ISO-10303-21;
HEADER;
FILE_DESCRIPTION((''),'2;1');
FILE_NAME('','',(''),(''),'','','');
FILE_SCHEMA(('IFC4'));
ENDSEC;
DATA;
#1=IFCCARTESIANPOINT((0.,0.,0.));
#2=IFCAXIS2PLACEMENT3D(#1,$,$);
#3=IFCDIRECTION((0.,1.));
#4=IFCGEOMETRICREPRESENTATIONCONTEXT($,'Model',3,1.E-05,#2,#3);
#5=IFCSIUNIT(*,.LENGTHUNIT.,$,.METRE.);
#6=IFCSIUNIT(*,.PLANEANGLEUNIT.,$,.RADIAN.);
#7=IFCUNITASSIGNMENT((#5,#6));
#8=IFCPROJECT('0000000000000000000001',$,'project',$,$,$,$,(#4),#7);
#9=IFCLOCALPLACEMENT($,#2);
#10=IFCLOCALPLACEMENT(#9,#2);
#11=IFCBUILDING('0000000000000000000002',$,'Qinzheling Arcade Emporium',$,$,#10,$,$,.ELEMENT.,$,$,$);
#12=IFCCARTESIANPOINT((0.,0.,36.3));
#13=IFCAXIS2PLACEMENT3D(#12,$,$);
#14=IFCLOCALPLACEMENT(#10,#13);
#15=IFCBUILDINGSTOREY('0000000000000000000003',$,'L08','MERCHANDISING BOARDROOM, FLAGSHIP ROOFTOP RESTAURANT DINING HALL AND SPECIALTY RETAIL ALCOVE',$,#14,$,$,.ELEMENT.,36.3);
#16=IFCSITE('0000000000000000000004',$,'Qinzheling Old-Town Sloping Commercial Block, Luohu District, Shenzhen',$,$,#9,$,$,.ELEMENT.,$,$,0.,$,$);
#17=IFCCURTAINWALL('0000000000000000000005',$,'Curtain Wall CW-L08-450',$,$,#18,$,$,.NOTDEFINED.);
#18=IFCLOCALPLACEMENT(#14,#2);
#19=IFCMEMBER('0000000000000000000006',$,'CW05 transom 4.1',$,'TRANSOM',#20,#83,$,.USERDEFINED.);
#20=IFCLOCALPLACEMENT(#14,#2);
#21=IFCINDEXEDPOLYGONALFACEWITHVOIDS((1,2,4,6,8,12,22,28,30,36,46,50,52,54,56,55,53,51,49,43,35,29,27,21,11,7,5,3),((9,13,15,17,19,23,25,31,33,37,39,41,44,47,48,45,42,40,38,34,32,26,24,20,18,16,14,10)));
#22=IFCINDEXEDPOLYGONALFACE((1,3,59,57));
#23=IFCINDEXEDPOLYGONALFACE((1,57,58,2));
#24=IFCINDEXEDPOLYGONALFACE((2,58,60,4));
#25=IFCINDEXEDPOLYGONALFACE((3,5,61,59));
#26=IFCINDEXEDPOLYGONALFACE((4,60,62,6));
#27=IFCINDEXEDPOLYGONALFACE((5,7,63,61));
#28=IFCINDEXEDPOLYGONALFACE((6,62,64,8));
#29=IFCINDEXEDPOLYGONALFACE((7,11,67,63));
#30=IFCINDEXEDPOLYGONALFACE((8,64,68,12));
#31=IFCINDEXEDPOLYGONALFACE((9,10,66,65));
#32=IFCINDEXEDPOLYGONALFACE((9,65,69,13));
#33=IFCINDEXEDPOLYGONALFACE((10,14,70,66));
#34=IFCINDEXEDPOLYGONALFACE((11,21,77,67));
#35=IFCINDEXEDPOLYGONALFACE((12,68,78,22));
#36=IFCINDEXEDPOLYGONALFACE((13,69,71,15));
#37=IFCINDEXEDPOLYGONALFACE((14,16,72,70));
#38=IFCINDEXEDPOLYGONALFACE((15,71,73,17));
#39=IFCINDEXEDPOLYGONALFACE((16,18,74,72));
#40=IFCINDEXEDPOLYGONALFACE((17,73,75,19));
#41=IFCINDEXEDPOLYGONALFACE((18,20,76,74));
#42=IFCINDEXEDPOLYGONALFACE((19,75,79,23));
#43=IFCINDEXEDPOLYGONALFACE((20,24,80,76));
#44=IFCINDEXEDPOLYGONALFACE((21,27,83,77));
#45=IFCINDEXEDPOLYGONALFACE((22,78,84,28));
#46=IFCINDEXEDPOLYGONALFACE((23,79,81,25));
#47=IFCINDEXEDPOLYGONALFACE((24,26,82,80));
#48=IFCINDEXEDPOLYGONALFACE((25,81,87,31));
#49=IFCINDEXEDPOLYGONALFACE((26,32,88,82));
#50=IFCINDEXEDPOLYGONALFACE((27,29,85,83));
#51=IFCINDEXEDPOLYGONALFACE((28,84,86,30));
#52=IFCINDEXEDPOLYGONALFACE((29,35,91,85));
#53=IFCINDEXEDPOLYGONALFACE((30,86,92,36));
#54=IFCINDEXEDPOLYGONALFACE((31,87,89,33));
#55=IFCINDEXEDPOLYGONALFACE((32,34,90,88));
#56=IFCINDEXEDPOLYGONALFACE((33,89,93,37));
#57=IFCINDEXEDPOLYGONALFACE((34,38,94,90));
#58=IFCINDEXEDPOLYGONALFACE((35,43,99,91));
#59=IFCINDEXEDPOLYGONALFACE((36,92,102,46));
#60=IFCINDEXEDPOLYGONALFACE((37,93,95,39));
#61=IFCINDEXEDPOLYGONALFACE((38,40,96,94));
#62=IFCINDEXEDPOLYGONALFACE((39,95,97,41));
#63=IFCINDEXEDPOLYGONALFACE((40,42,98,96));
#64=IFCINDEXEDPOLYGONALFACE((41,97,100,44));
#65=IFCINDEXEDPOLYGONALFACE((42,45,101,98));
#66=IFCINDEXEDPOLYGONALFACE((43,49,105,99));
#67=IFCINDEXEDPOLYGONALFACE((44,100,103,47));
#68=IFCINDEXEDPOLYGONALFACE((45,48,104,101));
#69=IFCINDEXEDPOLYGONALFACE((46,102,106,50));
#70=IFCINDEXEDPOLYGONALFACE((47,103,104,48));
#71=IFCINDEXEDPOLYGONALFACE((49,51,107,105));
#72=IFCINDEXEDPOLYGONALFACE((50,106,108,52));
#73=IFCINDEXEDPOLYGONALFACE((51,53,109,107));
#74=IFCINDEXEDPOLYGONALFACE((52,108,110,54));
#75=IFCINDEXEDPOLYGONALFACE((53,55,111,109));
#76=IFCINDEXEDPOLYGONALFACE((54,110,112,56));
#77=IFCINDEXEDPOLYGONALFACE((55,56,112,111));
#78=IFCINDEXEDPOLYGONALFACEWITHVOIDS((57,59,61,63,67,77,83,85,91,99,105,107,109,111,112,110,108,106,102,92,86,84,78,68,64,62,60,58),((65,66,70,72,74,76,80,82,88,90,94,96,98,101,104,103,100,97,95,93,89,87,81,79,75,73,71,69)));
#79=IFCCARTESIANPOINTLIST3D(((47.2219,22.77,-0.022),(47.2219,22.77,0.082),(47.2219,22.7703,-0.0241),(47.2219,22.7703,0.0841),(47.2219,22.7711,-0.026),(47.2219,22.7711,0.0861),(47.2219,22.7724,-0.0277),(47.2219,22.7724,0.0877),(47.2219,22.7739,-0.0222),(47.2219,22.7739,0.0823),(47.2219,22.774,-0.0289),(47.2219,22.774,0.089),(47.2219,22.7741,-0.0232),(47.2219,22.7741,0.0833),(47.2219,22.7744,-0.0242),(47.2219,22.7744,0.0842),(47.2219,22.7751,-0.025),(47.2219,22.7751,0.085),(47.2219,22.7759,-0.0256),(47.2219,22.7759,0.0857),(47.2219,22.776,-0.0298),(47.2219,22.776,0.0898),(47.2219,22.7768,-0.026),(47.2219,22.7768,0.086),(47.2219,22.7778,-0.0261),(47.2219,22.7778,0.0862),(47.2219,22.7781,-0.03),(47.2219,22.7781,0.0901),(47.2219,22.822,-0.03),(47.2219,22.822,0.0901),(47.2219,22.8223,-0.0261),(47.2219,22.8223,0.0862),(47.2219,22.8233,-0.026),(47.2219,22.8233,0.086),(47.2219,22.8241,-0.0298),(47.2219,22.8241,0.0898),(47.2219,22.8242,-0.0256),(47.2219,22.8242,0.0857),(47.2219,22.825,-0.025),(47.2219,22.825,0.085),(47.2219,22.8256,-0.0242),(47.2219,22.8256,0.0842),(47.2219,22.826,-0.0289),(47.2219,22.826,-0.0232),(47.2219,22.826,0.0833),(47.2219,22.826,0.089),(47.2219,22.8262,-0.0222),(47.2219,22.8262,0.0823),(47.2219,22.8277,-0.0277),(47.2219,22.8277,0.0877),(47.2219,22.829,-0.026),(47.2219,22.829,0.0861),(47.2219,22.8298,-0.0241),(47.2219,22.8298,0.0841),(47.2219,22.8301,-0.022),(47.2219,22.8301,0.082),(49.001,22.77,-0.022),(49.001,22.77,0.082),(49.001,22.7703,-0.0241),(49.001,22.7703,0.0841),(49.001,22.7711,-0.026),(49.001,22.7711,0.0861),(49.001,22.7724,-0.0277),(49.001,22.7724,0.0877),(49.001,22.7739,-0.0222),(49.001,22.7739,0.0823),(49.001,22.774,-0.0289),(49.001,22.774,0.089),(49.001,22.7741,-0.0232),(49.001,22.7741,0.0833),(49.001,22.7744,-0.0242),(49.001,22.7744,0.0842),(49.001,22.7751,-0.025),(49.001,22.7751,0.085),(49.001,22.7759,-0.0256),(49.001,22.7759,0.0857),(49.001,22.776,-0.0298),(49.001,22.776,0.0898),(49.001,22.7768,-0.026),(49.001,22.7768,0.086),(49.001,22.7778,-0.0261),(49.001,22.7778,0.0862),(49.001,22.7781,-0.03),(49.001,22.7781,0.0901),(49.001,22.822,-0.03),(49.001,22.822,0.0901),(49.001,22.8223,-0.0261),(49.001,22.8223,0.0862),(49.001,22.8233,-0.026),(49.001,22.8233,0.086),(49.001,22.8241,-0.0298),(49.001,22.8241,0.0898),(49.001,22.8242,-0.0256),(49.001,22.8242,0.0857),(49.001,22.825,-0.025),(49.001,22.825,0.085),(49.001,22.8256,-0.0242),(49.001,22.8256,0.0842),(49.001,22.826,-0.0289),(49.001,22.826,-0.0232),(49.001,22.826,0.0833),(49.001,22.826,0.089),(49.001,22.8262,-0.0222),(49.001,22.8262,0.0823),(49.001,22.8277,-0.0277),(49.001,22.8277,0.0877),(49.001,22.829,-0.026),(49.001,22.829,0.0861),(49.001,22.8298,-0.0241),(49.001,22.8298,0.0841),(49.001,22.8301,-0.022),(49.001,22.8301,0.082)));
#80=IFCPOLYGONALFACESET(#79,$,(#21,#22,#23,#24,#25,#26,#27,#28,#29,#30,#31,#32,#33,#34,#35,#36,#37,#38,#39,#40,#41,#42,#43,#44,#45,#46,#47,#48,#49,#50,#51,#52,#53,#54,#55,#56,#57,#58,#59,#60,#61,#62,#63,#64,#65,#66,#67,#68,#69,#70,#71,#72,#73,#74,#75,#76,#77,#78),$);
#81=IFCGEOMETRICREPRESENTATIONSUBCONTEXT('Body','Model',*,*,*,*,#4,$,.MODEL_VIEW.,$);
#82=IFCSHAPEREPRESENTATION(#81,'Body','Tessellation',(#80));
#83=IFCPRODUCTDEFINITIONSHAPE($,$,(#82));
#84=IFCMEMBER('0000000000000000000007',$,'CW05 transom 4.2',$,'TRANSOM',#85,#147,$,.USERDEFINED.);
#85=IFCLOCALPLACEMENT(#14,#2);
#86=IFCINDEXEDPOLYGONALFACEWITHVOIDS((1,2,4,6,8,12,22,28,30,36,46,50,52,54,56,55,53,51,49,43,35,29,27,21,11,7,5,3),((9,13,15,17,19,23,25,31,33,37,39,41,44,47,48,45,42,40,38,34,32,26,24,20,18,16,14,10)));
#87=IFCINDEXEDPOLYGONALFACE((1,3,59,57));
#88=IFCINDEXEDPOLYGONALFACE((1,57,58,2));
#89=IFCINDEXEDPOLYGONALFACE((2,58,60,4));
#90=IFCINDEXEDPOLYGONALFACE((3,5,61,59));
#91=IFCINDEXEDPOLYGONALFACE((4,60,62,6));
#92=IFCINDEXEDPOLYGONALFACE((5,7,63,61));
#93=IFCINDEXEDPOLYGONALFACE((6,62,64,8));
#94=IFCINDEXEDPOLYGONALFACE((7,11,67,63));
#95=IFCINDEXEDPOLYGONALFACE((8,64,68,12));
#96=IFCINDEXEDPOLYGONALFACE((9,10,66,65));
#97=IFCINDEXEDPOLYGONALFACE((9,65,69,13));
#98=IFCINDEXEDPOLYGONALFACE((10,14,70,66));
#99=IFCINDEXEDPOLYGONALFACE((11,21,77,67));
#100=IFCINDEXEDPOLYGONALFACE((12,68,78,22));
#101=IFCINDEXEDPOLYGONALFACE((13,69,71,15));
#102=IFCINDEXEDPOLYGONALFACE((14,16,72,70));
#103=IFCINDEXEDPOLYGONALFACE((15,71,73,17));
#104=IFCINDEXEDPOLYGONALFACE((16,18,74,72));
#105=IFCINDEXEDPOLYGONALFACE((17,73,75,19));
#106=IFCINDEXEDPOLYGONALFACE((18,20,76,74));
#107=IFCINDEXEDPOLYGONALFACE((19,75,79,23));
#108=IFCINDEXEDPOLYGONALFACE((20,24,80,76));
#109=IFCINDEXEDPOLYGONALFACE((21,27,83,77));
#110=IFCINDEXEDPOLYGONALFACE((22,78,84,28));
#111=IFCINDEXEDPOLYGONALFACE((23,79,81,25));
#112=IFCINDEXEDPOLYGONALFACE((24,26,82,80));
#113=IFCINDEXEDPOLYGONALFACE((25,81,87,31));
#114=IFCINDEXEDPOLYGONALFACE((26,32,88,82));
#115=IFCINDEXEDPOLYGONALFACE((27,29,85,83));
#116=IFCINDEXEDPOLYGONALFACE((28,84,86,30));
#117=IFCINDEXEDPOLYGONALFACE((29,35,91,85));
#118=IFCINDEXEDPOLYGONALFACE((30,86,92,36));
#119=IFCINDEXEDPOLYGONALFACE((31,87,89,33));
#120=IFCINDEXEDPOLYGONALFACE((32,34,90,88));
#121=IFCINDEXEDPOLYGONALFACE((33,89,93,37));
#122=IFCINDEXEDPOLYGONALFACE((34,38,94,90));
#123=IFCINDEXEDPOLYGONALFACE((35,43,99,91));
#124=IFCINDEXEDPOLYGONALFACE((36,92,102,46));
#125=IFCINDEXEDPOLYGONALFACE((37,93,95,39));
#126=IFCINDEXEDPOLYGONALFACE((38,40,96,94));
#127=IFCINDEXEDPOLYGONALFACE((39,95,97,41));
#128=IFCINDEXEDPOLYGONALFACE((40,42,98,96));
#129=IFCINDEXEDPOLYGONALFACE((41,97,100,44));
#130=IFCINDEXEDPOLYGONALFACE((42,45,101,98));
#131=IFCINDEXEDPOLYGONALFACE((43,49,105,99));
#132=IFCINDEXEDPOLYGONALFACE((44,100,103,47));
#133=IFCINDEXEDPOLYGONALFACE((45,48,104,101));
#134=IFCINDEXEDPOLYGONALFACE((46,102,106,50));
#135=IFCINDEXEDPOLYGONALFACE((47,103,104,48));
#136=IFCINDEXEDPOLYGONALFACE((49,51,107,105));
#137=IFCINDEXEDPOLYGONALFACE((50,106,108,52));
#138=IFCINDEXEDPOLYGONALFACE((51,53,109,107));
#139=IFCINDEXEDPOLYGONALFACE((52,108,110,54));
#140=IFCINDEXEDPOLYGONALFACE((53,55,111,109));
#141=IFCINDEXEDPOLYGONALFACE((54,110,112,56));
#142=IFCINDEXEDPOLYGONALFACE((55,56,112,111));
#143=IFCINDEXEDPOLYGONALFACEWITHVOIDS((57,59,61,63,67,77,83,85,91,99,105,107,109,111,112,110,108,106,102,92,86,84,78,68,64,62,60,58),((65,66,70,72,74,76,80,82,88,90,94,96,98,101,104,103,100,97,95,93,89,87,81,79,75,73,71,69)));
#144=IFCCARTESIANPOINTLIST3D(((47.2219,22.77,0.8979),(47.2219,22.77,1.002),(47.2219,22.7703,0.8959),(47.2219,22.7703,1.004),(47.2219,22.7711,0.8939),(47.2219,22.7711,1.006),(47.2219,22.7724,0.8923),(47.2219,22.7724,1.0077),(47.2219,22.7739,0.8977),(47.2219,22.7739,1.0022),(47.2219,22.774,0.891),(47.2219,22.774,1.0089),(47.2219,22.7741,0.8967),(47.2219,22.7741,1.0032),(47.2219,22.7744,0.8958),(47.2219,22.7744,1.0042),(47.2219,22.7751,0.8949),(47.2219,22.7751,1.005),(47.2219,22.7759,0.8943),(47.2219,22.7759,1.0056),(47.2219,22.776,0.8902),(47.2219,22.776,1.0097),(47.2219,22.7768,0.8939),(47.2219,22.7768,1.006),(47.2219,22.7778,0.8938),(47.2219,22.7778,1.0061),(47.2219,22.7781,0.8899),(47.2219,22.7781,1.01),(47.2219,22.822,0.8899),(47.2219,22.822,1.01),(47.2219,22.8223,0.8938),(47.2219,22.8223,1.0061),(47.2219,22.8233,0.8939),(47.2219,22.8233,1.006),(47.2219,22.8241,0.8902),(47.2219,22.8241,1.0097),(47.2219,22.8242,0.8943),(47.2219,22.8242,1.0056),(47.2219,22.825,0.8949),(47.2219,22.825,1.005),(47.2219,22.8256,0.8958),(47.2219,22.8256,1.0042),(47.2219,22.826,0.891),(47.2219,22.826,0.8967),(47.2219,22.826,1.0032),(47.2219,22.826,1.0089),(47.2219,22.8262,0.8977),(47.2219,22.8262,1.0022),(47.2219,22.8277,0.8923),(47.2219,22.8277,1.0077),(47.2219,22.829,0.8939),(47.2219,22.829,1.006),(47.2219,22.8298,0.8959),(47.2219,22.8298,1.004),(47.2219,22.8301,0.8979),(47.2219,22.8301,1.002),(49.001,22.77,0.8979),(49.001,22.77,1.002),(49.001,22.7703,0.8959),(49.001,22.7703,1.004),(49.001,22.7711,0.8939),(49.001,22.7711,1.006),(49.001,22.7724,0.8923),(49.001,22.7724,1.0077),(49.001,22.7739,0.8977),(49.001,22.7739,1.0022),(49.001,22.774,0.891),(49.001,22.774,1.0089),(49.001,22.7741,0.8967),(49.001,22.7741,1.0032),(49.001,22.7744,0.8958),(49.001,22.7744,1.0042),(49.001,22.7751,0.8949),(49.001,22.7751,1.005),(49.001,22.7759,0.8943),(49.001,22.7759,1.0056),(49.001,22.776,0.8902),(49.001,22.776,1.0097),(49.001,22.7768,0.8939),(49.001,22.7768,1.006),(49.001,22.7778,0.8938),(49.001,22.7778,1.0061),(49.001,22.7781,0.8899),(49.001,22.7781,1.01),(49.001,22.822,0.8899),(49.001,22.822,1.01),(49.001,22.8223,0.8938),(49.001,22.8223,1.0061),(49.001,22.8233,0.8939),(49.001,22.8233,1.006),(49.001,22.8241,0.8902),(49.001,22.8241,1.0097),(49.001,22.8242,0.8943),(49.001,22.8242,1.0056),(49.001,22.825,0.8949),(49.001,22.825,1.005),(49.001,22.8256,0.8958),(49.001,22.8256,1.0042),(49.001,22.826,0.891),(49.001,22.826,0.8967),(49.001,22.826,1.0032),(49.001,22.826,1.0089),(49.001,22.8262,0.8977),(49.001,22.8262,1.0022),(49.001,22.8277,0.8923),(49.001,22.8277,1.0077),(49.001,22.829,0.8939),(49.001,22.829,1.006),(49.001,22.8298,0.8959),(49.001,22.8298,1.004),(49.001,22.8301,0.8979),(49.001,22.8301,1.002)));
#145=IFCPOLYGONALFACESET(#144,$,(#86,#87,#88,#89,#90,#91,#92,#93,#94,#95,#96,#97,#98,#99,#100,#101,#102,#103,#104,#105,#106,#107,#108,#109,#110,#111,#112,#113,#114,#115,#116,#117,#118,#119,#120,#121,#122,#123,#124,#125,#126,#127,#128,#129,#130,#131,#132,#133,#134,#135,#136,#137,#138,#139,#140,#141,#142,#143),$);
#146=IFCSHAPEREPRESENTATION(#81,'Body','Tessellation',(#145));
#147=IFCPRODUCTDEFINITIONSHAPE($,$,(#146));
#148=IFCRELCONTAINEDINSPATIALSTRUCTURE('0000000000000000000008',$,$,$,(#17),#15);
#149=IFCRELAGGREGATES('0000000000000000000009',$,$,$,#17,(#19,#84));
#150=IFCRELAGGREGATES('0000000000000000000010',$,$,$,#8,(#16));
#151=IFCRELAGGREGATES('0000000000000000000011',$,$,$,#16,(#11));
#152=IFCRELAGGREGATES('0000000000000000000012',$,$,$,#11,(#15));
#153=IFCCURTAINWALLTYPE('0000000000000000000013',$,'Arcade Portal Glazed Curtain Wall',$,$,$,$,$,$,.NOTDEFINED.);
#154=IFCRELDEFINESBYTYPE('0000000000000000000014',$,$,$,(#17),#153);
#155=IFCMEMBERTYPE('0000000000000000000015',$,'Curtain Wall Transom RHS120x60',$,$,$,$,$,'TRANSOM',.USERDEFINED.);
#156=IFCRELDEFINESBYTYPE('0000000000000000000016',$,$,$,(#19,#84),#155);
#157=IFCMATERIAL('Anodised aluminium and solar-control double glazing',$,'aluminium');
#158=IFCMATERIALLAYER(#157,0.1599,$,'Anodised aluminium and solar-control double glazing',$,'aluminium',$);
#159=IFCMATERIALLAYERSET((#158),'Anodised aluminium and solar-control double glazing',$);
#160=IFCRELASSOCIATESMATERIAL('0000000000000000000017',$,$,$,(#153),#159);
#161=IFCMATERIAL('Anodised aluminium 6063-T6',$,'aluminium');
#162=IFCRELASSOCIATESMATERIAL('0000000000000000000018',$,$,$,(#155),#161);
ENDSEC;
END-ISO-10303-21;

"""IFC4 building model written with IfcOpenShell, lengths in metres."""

from ifc_helpers import new_model, si_unit, direction, frame, origin, origin_2d, place, context, subcontext, project, spatial, hollow_rectangle, extrude, material, layer, layer_set, material_profile, profile_set, type_object, element, aggregate, save


model = new_model("IFC4")

# Units and contexts
model_context = context("Model", 3, precision=1e-05, world=origin(), true_north=direction((0.0, 1.0)))
body_context = subcontext(model_context, "Body", "Model", "MODEL_VIEW")
ifc_project = project(units=[si_unit("LENGTHUNIT", "METRE"), si_unit("PLANEANGLEUNIT", "RADIAN")], contexts=[model_context])

# Site, building, storey
site_placement = place(None, origin())
site = spatial("IfcSite", under=ifc_project, at=site_placement, Name="Qinzheling Old-Town Sloping Commercial Block, Luohu District, Shenzhen", CompositionType="ELEMENT", RefElevation=0.0)
building_placement = place(site_placement, origin())
building = spatial("IfcBuilding", under=site, at=building_placement, Name="Qinzheling Arcade Emporium", CompositionType="ELEMENT")
storey_placement = place(building_placement, frame((0.0, 0.0, 36.3)))
storey = spatial("IfcBuildingStorey", under=building, at=storey_placement, Name="L08", Description="MERCHANDISING BOARDROOM, FLAGSHIP ROOFTOP RESTAURANT DINING HALL AND SPECIALTY RETAIL ALCOVE", CompositionType="ELEMENT", Elevation=36.3)

# Curtain wall
ifc_material_1 = material(Name="Anodised aluminium and solar-control double glazing", Category="aluminium")
ifc_layer_1 = layer(ifc_material_1, 0.1599, Name="Anodised aluminium and solar-control double glazing", Category="aluminium")
ifc_layer_set_1 = layer_set([ifc_layer_1], Name="Anodised aluminium and solar-control double glazing")
curtain_wall_type = type_object("IfcCurtainWallType", Name="Arcade Portal Glazed Curtain Wall", PredefinedType="NOTDEFINED", material=ifc_layer_set_1)
curtain_wall_1_placement = place(storey_placement, origin())
curtain_wall_1 = element("IfcCurtainWall", 1, at=curtain_wall_1_placement, inside=storey, type_object=curtain_wall_type, Name="Curtain Wall CW-L08-450", PredefinedType="NOTDEFINED")
ifc_material_2 = material(Name="Anodised aluminium 6063-T6", Category="aluminium")

# Members
ifc_material_profile_1 = material_profile(ifc_material_2, hollow_rectangle(XDim=0.0601, YDim=0.1201, WallThickness=0.0039, InnerFilletRadius=0.0039, OuterFilletRadius=0.0081, at=origin_2d()), Name="RHS 120x60x4", Category="aluminium")
ifc_profile_set_1 = profile_set([ifc_material_profile_1], Name="Anodised aluminium 6063-T6")
member_type_1 = type_object("IfcMemberType", Name="Curtain Wall Transom RHS120x60", ElementType="TRANSOM", PredefinedType="USERDEFINED", material=ifc_profile_set_1)
member_1_placement = place(storey_placement, frame((49.001, 22.8, 0.03), z_axis=(-1.0, 0.0, 0.0), x_axis=(0.0, -1.0, 0.0)))
member_1 = element("IfcMember", 2, at=member_1_placement, type_object=member_type_1, Name="CW05 transom 4.1", ObjectType="TRANSOM", PredefinedType="USERDEFINED", context=body_context, shape_type="SweptSolid", body=[
    extrude(hollow_rectangle(XDim=0.0601, YDim=0.1201, WallThickness=0.0039, InnerFilletRadius=0.0039, OuterFilletRadius=0.0081, at=origin_2d()), origin(), (0.0, 0.0, 1.0), 1.7791),
])
member_2_placement = place(storey_placement, frame((49.001, 22.8, 0.95), z_axis=(-1.0, 0.0, 0.0), x_axis=(0.0, -1.0, 0.0)))
member_2 = element("IfcMember", 3, at=member_2_placement, type_object=member_type_1, Name="CW05 transom 4.2", ObjectType="TRANSOM", PredefinedType="USERDEFINED", context=body_context, shape_type="SweptSolid", body=[
    extrude(hollow_rectangle(XDim=0.0601, YDim=0.1201, WallThickness=0.0039, InnerFilletRadius=0.0039, OuterFilletRadius=0.0081, at=origin_2d()), origin(), (0.0, 0.0, 1.0), 1.7791),
])

aggregate(curtain_wall_1, [member_1, member_2])

save(model, "model.ifc")
